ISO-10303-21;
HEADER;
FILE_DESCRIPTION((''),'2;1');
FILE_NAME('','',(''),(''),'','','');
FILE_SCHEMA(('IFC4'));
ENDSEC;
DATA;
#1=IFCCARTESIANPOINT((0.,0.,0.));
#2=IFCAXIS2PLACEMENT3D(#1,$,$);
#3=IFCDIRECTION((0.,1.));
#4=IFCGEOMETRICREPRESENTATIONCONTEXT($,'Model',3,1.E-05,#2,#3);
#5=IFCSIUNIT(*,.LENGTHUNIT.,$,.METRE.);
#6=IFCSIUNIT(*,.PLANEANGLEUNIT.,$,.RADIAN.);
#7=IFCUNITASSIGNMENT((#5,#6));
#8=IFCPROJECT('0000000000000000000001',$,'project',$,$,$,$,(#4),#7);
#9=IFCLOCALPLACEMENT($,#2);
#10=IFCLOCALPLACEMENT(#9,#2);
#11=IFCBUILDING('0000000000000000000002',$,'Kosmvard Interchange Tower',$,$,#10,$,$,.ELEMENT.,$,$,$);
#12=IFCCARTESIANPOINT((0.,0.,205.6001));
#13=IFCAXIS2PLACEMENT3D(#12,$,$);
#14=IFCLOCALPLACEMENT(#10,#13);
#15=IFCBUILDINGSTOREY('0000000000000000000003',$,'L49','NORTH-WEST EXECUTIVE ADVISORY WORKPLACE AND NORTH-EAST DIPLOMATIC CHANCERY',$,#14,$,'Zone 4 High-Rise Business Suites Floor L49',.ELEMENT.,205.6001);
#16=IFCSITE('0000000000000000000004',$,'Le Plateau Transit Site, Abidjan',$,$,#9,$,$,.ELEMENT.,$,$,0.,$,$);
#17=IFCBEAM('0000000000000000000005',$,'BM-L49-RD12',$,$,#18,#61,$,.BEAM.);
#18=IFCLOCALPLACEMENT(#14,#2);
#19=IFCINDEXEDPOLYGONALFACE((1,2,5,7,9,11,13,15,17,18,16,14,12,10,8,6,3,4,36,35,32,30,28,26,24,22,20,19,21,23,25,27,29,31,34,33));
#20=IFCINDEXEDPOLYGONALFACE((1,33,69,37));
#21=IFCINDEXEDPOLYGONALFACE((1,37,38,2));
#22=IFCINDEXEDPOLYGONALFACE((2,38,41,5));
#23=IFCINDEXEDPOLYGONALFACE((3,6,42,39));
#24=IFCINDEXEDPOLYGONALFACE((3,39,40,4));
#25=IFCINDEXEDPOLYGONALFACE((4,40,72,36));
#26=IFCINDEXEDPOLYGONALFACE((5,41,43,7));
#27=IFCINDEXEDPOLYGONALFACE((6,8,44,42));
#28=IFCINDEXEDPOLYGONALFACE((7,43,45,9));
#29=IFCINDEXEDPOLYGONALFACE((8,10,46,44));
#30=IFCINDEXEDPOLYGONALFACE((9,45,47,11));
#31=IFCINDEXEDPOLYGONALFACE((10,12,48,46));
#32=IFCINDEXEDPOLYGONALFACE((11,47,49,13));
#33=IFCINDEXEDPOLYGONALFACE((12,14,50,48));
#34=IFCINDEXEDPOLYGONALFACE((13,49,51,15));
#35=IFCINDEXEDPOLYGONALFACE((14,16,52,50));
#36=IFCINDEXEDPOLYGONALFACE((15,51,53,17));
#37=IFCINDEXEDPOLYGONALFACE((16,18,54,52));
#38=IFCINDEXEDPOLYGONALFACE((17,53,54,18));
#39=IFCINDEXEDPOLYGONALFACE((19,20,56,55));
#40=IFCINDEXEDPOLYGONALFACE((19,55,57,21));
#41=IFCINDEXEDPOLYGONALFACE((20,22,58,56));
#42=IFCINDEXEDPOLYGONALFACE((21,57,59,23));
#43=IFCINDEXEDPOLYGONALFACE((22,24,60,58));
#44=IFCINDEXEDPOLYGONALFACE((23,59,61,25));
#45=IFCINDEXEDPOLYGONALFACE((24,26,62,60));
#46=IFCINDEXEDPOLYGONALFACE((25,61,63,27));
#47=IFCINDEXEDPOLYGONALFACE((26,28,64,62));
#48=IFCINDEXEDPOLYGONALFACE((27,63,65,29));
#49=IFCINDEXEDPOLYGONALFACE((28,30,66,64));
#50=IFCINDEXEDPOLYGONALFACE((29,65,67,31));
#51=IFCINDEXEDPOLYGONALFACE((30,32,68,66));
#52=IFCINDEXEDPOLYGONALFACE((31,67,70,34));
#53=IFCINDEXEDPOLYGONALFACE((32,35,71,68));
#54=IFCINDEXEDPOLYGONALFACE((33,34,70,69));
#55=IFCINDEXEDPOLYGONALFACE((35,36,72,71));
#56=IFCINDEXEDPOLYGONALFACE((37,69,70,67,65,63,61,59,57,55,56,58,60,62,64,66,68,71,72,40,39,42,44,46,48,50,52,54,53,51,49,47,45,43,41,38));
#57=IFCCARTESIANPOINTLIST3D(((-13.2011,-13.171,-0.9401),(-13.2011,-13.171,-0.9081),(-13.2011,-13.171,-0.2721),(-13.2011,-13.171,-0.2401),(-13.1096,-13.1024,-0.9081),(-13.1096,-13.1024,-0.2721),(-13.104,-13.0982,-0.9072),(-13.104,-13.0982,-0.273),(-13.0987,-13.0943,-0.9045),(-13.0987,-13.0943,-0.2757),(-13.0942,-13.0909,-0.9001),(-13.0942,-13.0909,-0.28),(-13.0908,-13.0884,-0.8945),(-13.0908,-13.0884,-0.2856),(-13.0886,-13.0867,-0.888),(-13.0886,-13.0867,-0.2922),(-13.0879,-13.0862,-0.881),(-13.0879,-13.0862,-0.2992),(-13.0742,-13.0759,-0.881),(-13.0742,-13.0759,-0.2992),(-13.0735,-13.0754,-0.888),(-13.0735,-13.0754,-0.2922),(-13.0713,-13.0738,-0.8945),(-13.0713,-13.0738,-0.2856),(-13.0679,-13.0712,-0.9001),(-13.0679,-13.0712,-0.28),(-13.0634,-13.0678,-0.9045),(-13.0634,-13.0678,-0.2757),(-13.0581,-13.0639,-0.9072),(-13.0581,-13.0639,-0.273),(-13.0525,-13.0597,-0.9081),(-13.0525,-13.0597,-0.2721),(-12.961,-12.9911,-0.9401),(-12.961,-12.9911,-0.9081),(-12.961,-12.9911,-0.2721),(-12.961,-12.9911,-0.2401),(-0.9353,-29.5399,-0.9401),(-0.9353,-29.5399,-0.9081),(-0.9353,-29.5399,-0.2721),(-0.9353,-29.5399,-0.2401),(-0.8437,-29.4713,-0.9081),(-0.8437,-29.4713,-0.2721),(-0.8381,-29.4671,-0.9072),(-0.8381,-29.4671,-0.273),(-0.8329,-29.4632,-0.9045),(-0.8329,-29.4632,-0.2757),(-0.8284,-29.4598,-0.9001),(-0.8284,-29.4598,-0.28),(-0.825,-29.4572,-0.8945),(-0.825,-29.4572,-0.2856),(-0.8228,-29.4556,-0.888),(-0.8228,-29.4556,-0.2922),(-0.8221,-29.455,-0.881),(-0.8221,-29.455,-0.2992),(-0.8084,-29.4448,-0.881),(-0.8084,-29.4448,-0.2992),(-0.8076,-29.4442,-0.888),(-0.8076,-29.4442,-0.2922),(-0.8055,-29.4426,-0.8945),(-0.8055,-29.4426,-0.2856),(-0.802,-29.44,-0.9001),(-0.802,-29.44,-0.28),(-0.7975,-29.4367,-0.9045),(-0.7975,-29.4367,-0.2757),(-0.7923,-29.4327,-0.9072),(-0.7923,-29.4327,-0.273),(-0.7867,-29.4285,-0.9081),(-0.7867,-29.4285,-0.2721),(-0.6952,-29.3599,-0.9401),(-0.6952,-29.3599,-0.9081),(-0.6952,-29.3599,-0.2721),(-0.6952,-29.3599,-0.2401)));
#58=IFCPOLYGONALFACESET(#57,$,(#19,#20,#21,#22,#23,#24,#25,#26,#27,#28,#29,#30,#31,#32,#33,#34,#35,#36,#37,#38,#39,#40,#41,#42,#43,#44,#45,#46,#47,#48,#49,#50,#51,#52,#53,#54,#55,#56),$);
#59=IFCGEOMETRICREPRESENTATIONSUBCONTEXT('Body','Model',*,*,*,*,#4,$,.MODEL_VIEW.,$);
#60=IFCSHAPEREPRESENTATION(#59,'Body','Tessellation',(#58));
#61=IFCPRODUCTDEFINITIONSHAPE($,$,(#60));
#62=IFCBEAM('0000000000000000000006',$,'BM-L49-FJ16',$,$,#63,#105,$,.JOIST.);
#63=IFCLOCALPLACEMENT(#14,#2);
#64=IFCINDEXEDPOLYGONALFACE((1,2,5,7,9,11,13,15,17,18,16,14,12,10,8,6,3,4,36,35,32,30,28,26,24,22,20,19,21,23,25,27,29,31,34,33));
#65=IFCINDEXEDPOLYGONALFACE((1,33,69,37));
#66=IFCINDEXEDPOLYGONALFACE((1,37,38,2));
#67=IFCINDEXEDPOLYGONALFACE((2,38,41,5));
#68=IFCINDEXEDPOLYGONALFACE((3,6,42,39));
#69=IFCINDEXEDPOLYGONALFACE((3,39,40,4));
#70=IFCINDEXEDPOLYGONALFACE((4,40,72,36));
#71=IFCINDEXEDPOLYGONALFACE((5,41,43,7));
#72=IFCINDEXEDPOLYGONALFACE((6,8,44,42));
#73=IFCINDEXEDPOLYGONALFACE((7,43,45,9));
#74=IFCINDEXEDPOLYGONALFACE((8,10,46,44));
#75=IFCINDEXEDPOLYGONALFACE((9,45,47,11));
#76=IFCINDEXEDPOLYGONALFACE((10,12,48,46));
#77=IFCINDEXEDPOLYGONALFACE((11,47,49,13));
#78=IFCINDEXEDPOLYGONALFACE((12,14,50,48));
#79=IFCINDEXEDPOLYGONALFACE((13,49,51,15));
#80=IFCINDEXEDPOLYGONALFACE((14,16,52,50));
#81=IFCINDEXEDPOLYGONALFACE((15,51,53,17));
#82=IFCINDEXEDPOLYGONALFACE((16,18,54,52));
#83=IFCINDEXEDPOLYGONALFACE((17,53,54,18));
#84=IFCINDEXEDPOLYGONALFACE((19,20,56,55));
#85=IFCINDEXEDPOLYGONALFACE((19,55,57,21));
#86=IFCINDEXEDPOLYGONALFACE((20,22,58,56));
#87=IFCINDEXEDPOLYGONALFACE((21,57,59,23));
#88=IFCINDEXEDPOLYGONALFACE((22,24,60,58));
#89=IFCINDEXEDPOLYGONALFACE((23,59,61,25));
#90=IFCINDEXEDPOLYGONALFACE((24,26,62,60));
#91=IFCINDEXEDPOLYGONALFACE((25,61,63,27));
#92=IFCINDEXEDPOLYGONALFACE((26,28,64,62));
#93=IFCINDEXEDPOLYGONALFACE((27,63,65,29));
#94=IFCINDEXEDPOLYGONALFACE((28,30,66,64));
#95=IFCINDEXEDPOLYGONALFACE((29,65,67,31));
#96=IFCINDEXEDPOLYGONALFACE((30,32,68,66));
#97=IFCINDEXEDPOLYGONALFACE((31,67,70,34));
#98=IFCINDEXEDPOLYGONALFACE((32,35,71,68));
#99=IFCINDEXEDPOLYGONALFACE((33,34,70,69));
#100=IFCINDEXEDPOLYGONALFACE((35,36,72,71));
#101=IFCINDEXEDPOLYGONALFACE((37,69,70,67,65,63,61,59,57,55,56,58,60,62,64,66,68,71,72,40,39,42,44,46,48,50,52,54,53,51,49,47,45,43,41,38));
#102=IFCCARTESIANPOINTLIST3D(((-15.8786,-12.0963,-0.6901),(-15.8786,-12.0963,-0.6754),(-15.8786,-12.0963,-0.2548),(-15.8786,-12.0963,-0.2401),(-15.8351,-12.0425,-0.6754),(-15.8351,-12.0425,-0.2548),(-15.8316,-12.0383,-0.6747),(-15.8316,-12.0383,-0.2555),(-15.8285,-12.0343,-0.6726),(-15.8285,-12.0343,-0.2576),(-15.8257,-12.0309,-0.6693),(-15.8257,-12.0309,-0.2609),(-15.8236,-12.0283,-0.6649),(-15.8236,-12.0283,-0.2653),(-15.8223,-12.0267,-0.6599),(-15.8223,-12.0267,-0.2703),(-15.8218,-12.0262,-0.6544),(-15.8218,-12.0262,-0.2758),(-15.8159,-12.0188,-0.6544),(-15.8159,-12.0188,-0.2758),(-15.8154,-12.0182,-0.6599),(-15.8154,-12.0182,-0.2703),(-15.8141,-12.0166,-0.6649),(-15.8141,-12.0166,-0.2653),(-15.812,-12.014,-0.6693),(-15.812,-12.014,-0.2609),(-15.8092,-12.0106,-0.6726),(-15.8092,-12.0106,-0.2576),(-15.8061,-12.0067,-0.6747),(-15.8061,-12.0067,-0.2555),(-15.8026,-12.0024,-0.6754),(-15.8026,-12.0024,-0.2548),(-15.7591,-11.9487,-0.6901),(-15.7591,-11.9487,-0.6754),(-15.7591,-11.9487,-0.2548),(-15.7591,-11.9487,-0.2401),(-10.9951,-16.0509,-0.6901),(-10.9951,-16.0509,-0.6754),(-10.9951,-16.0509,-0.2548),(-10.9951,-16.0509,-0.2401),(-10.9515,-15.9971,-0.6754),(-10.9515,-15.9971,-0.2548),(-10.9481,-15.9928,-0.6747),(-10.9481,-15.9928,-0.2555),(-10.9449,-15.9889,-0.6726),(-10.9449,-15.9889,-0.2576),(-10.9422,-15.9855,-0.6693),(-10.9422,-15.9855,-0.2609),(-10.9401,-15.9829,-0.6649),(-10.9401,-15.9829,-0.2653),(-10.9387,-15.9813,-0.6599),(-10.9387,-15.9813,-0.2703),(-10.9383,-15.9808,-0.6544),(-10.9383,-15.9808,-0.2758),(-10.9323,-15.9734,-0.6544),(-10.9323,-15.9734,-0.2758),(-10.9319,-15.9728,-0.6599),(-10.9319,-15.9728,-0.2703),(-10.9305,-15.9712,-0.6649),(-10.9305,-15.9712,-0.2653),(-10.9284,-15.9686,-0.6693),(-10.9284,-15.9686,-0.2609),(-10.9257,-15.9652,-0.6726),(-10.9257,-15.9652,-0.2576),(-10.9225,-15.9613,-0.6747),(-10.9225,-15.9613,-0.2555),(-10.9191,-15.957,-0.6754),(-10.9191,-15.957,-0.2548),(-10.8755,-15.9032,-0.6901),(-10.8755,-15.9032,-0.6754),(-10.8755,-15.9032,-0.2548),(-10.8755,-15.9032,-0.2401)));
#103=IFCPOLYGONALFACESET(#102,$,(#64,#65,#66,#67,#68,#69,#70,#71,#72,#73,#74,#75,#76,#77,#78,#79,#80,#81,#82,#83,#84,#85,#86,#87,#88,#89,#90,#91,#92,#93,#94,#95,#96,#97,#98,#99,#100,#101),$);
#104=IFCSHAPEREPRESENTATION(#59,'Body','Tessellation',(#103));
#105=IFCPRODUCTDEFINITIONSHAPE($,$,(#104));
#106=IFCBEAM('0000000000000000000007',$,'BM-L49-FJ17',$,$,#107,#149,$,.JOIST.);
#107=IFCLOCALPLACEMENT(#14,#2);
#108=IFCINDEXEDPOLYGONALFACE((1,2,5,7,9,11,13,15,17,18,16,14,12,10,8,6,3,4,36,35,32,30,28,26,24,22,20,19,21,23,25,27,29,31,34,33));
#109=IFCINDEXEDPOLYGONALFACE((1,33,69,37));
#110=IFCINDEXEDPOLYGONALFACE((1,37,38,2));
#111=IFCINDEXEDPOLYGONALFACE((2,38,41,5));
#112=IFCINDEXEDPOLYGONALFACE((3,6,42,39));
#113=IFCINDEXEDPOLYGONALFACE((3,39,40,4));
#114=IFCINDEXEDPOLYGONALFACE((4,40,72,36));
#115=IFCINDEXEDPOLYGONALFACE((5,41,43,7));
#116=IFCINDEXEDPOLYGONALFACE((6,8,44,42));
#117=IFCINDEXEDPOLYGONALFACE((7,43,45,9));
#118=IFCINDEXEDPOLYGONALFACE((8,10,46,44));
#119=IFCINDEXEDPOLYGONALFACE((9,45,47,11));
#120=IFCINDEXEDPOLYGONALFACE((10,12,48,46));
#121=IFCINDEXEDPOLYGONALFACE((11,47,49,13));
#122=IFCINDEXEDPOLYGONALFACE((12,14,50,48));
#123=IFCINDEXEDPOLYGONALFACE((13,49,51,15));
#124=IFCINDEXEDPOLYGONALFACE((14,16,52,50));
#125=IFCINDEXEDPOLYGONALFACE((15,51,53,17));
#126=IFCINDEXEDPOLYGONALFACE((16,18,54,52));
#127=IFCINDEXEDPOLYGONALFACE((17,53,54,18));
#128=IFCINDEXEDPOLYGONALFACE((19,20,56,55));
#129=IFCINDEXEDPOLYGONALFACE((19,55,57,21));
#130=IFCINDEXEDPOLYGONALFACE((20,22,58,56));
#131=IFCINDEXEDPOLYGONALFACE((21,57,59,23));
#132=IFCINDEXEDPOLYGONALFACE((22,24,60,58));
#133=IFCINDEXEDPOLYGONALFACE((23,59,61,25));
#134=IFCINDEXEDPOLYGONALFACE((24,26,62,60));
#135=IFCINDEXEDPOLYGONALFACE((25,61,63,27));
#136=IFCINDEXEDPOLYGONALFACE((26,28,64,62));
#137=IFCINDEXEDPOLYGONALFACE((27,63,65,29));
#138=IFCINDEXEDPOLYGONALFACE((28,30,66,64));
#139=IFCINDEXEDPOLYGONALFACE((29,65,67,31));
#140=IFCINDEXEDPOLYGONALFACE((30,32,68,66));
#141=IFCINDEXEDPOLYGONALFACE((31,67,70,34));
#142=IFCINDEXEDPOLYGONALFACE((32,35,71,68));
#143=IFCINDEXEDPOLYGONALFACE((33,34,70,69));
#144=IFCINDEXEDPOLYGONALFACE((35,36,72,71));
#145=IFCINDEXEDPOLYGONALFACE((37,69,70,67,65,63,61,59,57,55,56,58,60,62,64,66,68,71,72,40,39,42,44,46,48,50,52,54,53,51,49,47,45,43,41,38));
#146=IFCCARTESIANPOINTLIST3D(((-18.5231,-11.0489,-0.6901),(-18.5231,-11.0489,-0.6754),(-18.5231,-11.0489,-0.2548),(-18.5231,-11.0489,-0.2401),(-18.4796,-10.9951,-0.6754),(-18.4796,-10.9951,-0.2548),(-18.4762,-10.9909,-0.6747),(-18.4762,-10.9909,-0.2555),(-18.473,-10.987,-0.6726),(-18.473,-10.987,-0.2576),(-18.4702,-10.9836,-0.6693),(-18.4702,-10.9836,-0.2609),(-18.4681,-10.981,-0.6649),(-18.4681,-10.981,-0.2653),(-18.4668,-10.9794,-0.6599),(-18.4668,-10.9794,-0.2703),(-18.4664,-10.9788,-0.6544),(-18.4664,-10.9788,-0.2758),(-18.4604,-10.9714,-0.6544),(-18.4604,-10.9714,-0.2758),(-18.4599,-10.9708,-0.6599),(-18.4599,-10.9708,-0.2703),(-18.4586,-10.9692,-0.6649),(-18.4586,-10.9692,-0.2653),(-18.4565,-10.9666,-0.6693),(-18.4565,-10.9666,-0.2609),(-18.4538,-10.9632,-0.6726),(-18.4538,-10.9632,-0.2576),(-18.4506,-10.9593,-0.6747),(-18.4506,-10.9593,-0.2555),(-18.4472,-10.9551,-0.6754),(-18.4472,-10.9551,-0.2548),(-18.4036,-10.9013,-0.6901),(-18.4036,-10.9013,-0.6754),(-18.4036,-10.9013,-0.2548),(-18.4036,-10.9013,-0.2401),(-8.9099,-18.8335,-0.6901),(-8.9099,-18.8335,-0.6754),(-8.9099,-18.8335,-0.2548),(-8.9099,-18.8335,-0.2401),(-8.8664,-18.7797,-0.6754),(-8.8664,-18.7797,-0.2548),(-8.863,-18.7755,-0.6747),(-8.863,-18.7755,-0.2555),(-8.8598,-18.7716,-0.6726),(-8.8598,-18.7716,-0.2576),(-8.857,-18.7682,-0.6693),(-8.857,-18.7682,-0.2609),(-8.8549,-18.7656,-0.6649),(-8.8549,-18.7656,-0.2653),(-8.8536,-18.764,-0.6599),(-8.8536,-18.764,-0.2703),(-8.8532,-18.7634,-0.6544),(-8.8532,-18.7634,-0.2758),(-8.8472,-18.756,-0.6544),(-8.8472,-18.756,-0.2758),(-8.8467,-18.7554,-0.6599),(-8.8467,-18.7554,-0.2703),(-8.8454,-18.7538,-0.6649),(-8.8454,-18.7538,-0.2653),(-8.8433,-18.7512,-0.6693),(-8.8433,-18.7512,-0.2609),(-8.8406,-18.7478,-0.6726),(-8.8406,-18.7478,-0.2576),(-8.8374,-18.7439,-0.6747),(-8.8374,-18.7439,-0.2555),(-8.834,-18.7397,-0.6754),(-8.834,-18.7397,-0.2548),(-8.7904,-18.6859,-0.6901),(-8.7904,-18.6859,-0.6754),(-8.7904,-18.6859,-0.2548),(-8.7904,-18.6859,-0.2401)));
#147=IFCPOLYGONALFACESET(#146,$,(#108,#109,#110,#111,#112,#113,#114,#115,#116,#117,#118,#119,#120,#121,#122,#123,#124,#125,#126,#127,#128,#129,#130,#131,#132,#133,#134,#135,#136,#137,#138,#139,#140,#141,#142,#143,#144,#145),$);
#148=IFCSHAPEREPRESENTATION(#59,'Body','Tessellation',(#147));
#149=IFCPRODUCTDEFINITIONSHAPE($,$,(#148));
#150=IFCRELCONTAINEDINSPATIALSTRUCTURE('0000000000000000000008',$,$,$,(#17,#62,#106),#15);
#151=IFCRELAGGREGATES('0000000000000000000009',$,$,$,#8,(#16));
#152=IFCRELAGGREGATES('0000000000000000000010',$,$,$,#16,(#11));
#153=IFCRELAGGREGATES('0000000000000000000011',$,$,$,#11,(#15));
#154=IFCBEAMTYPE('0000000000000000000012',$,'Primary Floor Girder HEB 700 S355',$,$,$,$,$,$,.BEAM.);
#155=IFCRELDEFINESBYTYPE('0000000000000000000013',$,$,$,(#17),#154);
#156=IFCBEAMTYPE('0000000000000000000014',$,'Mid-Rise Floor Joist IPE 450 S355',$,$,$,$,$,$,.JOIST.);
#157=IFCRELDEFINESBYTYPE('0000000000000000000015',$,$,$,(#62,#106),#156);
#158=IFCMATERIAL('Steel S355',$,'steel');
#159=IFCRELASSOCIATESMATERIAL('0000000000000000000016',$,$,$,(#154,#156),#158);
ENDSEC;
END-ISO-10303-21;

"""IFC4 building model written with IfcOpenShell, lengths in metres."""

from ifc_helpers import new_model, si_unit, direction, frame, origin, origin_2d, place, context, subcontext, project, spatial, i_section, extrude, source, transform, mapped, material, material_profile, profile_set, type_object, element, save


model = new_model("IFC4")

# Units and contexts
model_context = context("Model", 3, precision=1e-05, world=origin(), true_north=direction((0.0, 1.0)))
body_context = subcontext(model_context, "Body", "Model", "MODEL_VIEW")
ifc_project = project(units=[si_unit("LENGTHUNIT", "METRE"), si_unit("PLANEANGLEUNIT", "RADIAN")], contexts=[model_context])

# Site, building, storey
site_placement = place(None, origin())
site = spatial("IfcSite", under=ifc_project, at=site_placement, Name="Le Plateau Transit Site, Abidjan", CompositionType="ELEMENT", RefElevation=0.0)
building_placement = place(site_placement, origin())
building = spatial("IfcBuilding", under=site, at=building_placement, Name="Kosmvard Interchange Tower", CompositionType="ELEMENT")
storey_placement = place(building_placement, frame((0.0, 0.0, 205.6001)))
storey = spatial("IfcBuildingStorey", under=building, at=storey_placement, Name="L49", Description="NORTH-WEST EXECUTIVE ADVISORY WORKPLACE AND NORTH-EAST DIPLOMATIC CHANCERY", LongName="Zone 4 High-Rise Business Suites Floor L49", CompositionType="ELEMENT", Elevation=205.6001)

# Beams
ifc_material_1 = material(Name="Steel S355", Category="steel")
ifc_material_profile_1 = material_profile(ifc_material_1, i_section(OverallWidth=0.3, OverallDepth=0.7, WebThickness=0.0171, FlangeThickness=0.032, FilletRadius=0.0271, at=origin_2d()), Name="HEB 700")
ifc_profile_set_1 = profile_set([ifc_material_profile_1], Name="Steel S355")
beam_type_1 = type_object("IfcBeamType", Name="Primary Floor Girder HEB 700 S355", PredefinedType="BEAM", material=ifc_profile_set_1)
shared_shape_1 = source(origin(), body_context, "Body", "SweptSolid", [
    extrude(i_section(OverallWidth=0.3, OverallDepth=0.7, WebThickness=0.0171, FlangeThickness=0.032, FilletRadius=0.0271, at=origin_2d()), origin(), (0.0, 0.0, 1.0), 20.4546),
])
beam_1_placement = place(storey_placement, frame((-13.0811, -13.0811, -0.5901), z_axis=(0.599662, -0.800253, 0.0), x_axis=(0.800253, 0.599662, 0.0)))
element("IfcBeam", 1, at=beam_1_placement, inside=storey, type_object=beam_type_1, Name="BM-L49-RD12", PredefinedType="BEAM", context=body_context, shape_type="MappedRepresentation", body=[
    mapped(shared_shape_1, transform((0.0, 0.0, 0.0), scale=1.0)),
])
ifc_material_profile_2 = material_profile(ifc_material_1, i_section(OverallWidth=0.1899, OverallDepth=0.45, WebThickness=0.0095, FlangeThickness=0.0146, FilletRadius=0.021, at=origin_2d()), Name="IPE 450")
ifc_profile_set_2 = profile_set([ifc_material_profile_2], Name="Steel S355")
beam_type_2 = type_object("IfcBeamType", Name="Mid-Rise Floor Joist IPE 450 S355", PredefinedType="JOIST", material=ifc_profile_set_2)
shared_shape_2 = source(origin(), body_context, "Body", "SweptSolid", [
    extrude(i_section(OverallWidth=0.1899, OverallDepth=0.45, WebThickness=0.0095, FlangeThickness=0.0146, FilletRadius=0.021, at=origin_2d()), origin(), (0.0, 0.0, 1.0), 6.2839),
])
beam_2_placement = place(storey_placement, frame((-15.8188, -12.0225, -0.4651), z_axis=(0.777148, -0.629318, 0.0), x_axis=(0.629318, 0.777148, 0.0)))
element("IfcBeam", 2, at=beam_2_placement, inside=storey, type_object=beam_type_2, Name="BM-L49-FJ16", PredefinedType="JOIST", context=body_context, shape_type="MappedRepresentation", body=[
    mapped(shared_shape_2, transform((0.0, 0.0, 0.0), scale=1.0)),
])
shared_shape_3 = source(origin(), body_context, "Body", "SweptSolid", [
    extrude(i_section(OverallWidth=0.1899, OverallDepth=0.45, WebThickness=0.0095, FlangeThickness=0.0146, FilletRadius=0.021, at=origin_2d()), origin(), (0.0, 0.0, 1.0), 12.3699),
])
beam_3_placement = place(storey_placement, frame((-18.4634, -10.9751, -0.4651), z_axis=(0.777147, -0.62932, 0.0), x_axis=(0.62932, 0.777147, 0.0)))
element("IfcBeam", 3, at=beam_3_placement, inside=storey, type_object=beam_type_2, Name="BM-L49-FJ17", PredefinedType="JOIST", context=body_context, shape_type="MappedRepresentation", body=[
    mapped(shared_shape_3, transform((0.0, 0.0, 0.0), scale=1.0)),
])

save(model, "model.ifc")
